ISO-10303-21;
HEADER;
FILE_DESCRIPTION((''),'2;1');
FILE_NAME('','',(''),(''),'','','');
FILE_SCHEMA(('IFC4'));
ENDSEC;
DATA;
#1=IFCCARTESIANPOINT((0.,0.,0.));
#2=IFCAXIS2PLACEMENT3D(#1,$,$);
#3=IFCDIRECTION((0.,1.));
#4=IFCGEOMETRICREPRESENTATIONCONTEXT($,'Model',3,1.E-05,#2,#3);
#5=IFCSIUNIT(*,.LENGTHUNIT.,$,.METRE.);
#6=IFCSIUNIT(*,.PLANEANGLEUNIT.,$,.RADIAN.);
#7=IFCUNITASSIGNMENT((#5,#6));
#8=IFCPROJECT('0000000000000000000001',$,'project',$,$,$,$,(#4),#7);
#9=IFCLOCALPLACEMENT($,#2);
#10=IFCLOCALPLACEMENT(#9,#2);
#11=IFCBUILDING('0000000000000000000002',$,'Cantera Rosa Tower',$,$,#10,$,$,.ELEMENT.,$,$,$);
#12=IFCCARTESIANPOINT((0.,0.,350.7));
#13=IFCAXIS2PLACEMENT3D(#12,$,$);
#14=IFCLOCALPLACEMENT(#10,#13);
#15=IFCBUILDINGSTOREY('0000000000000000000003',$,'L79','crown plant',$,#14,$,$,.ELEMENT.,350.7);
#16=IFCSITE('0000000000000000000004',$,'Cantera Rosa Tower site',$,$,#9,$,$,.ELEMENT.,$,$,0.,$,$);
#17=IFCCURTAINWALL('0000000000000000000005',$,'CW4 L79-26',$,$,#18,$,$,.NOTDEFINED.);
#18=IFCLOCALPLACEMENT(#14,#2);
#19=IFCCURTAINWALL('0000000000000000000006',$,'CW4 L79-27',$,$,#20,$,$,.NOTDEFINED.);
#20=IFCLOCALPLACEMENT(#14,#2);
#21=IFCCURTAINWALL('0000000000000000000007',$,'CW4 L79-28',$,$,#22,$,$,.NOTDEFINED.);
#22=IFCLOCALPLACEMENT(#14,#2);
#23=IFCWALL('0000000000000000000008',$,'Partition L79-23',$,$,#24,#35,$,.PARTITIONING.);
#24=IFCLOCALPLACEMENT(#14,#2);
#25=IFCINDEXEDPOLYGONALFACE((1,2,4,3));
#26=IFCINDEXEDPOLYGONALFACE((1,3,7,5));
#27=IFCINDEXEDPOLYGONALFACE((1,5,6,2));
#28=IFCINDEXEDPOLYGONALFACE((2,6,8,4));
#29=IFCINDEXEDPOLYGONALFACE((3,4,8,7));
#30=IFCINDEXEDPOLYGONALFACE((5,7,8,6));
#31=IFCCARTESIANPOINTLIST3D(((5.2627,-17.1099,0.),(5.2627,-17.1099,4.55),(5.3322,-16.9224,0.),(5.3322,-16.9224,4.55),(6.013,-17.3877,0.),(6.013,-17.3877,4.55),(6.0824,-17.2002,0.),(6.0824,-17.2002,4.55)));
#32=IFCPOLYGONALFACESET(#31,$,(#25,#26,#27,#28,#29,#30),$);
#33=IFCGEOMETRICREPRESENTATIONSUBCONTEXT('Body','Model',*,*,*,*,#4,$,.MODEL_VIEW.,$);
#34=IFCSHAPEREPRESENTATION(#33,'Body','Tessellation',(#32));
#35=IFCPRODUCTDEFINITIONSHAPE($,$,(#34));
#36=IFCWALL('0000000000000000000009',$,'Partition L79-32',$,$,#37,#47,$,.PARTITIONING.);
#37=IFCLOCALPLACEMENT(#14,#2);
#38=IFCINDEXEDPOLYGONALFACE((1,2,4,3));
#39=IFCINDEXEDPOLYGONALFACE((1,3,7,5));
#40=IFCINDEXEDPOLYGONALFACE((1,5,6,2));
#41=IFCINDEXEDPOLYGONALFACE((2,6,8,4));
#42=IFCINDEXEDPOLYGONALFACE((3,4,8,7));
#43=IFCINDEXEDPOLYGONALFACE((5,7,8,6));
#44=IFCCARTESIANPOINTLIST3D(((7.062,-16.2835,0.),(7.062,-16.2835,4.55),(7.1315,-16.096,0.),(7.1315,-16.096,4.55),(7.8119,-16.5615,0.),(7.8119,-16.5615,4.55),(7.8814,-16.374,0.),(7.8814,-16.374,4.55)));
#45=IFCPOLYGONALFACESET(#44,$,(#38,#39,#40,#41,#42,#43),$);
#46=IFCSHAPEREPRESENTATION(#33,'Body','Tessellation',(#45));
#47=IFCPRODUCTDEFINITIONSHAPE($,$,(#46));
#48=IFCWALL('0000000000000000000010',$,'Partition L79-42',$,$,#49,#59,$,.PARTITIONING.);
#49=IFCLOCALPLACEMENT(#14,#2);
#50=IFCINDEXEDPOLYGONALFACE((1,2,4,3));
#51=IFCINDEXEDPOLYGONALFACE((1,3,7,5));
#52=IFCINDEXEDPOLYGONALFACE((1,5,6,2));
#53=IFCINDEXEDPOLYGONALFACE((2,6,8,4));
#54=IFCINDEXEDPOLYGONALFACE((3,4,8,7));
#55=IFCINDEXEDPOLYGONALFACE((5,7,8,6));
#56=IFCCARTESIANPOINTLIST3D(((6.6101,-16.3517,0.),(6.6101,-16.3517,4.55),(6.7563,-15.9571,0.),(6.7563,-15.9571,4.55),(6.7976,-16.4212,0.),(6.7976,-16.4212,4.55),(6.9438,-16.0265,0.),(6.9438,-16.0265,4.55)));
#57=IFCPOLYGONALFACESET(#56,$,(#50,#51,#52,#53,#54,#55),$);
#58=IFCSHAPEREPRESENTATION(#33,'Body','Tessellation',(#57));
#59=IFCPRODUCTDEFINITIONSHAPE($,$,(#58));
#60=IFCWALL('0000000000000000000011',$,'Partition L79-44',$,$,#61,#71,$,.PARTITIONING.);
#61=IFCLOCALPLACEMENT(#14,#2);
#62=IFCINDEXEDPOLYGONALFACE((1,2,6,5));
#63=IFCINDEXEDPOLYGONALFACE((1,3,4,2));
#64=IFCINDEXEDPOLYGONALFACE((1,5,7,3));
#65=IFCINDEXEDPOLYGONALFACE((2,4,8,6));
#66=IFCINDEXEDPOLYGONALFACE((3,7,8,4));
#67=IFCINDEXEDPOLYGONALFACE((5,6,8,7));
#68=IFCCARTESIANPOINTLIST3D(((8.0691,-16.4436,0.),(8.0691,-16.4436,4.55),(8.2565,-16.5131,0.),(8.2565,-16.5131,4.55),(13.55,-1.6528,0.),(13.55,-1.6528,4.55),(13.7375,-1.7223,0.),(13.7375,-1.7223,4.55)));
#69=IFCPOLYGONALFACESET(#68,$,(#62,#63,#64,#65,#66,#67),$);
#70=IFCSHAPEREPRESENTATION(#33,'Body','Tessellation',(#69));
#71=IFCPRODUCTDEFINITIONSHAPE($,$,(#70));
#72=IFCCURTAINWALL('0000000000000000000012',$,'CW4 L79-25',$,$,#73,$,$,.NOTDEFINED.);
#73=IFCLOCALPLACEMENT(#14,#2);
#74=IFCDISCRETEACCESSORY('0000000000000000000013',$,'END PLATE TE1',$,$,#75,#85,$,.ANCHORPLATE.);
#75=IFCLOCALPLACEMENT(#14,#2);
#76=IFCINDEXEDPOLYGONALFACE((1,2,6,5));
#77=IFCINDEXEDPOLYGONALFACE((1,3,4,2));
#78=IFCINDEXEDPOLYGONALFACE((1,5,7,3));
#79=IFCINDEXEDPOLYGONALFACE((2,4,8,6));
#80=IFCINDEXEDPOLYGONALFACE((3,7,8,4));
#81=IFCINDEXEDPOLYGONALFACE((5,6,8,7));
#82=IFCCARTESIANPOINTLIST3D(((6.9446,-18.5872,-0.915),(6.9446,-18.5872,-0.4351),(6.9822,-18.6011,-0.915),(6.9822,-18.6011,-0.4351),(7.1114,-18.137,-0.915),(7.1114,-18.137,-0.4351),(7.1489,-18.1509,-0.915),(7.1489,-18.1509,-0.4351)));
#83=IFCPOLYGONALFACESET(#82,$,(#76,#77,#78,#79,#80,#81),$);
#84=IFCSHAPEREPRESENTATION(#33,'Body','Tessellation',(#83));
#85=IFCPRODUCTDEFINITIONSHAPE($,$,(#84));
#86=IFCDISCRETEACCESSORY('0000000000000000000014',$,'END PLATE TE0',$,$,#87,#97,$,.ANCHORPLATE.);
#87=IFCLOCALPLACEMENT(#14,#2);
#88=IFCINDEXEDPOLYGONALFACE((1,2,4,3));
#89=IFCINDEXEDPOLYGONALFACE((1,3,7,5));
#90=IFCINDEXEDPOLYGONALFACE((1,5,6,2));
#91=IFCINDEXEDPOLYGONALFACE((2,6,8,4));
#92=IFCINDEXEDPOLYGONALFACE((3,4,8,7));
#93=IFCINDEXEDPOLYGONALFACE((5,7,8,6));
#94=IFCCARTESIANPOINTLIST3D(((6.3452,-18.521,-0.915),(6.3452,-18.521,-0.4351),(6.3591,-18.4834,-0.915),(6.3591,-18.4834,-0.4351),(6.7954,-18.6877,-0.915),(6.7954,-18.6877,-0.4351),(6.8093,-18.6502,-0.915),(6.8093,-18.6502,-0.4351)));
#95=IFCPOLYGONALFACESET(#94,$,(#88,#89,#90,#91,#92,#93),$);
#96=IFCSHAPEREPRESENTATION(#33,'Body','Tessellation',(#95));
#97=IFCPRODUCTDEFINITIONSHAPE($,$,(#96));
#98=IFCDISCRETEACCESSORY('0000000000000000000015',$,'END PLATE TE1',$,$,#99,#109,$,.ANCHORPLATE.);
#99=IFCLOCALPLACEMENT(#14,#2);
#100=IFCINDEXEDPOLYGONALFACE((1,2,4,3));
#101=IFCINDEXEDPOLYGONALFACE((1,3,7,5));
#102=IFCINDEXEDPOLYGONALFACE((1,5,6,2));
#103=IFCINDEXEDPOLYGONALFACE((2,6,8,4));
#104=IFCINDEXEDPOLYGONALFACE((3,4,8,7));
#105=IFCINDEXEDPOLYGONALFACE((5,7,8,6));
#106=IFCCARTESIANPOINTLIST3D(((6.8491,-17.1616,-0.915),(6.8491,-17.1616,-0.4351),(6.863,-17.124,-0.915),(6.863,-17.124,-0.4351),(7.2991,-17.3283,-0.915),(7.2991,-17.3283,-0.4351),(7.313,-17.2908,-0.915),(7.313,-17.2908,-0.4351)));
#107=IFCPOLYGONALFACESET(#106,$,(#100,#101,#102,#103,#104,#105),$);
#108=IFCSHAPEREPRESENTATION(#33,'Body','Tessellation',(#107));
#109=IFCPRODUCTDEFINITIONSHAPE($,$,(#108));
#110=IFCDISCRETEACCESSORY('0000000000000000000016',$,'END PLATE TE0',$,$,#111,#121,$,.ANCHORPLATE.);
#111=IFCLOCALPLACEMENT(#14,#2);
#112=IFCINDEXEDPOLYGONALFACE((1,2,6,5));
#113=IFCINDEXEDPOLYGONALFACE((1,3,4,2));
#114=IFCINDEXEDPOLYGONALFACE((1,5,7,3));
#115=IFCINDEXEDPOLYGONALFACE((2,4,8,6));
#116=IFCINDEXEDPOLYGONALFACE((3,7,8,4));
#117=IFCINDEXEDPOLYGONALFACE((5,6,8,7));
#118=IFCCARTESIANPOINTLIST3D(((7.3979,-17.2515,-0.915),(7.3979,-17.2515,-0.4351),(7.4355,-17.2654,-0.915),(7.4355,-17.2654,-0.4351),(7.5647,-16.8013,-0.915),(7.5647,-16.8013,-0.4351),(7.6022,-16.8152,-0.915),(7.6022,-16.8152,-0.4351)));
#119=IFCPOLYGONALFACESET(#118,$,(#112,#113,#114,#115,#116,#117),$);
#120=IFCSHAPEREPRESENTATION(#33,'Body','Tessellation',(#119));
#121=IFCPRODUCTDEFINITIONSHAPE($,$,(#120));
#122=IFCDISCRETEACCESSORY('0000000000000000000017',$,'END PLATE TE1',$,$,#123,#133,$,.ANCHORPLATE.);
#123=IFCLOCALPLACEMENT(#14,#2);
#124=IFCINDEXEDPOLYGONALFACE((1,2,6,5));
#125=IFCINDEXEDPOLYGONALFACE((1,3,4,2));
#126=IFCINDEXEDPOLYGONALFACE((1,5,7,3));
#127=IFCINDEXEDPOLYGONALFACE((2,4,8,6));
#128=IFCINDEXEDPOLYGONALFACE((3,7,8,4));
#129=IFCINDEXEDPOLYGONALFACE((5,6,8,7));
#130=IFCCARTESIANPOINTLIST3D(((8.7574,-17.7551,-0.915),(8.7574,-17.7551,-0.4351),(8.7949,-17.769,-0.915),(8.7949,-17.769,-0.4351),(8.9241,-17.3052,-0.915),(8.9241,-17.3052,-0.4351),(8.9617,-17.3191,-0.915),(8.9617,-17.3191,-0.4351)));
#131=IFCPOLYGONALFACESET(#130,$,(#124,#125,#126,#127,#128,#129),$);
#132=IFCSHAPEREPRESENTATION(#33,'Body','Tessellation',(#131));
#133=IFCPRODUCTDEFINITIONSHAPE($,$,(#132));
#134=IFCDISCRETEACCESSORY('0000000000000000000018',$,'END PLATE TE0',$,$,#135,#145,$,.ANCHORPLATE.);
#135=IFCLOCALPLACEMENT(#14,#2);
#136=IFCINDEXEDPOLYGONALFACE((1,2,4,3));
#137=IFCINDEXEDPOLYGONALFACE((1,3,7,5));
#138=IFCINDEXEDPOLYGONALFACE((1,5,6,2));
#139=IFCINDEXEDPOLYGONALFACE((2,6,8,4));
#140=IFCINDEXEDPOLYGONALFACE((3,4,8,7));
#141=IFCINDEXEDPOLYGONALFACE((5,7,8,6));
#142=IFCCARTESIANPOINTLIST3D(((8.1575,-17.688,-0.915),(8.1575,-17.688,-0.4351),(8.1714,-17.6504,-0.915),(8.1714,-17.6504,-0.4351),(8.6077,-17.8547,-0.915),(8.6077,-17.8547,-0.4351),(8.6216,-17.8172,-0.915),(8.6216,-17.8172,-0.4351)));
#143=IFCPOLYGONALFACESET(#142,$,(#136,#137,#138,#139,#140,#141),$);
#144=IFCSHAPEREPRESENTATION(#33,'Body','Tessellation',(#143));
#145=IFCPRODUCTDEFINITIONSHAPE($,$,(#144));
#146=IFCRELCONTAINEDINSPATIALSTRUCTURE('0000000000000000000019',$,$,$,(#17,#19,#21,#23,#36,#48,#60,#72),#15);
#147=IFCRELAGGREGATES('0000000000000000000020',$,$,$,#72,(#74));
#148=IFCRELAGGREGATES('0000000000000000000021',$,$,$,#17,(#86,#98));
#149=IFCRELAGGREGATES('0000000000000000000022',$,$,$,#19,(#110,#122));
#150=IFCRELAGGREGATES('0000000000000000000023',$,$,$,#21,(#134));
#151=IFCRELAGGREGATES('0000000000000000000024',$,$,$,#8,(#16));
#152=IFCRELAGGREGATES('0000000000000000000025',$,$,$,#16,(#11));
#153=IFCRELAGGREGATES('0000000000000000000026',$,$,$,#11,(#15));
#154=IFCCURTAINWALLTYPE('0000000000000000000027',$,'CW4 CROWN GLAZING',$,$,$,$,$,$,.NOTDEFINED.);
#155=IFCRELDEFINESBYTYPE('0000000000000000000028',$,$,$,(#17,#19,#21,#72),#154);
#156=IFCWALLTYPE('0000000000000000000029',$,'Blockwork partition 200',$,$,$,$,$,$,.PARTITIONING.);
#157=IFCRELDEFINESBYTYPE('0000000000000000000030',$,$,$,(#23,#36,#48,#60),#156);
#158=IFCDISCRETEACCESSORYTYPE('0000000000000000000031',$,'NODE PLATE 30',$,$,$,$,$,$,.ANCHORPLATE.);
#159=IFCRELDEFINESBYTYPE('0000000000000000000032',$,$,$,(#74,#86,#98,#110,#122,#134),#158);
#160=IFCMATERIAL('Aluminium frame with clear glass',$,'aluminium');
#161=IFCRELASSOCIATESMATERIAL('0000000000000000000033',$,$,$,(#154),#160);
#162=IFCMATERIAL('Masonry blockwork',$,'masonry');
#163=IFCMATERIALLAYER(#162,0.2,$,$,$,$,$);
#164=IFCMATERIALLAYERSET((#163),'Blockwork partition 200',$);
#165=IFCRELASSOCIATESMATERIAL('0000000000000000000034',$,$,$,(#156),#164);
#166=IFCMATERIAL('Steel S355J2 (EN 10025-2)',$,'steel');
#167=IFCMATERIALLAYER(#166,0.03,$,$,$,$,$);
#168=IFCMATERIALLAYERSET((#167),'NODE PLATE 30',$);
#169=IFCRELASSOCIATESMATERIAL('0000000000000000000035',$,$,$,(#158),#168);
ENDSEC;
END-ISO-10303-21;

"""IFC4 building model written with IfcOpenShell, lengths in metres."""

from ifc_helpers import new_model, si_unit, direction, frame, frame_2d, origin, place, context, subcontext, project, spatial, polyline, rectangle, outline, extrude, material, layer, layer_set, type_object, element, aggregate, save


model = new_model("IFC4")

# Units and contexts
model_context = context("Model", 3, precision=1e-05, world=origin(), true_north=direction((0.0, 1.0)))
body_context = subcontext(model_context, "Body", "Model", "MODEL_VIEW")
ifc_project = project(units=[si_unit("LENGTHUNIT", "METRE"), si_unit("PLANEANGLEUNIT", "RADIAN")], contexts=[model_context])

# Site, building, storey
site_placement = place(None, origin())
site = spatial("IfcSite", under=ifc_project, at=site_placement, Name="Cantera Rosa Tower site", CompositionType="ELEMENT", RefElevation=0.0)
building_placement = place(site_placement, origin())
building = spatial("IfcBuilding", under=site, at=building_placement, Name="Cantera Rosa Tower", CompositionType="ELEMENT")
storey_placement = place(building_placement, frame((0.0, 0.0, 350.7)))
storey = spatial("IfcBuildingStorey", under=building, at=storey_placement, Name="L79", Description="crown plant", CompositionType="ELEMENT", Elevation=350.7)

# Curtain walls
ifc_material_1 = material(Name="Aluminium frame with clear glass", Category="aluminium")
curtain_wall_type = type_object("IfcCurtainWallType", Name="CW4 CROWN GLAZING", PredefinedType="NOTDEFINED", material=ifc_material_1)
curtain_wall_1_placement = place(storey_placement, origin())
curtain_wall_1 = element("IfcCurtainWall", 1, at=curtain_wall_1_placement, inside=storey, type_object=curtain_wall_type, Name="CW4 L79-26", PredefinedType="NOTDEFINED")
curtain_wall_2_placement = place(storey_placement, origin())
curtain_wall_2 = element("IfcCurtainWall", 2, at=curtain_wall_2_placement, inside=storey, type_object=curtain_wall_type, Name="CW4 L79-27", PredefinedType="NOTDEFINED")
curtain_wall_3_placement = place(storey_placement, origin())
curtain_wall_3 = element("IfcCurtainWall", 3, at=curtain_wall_3_placement, inside=storey, type_object=curtain_wall_type, Name="CW4 L79-28", PredefinedType="NOTDEFINED")

# Walls
ifc_material_2 = material(Name="Masonry blockwork", Category="masonry")
ifc_layer_1 = layer(ifc_material_2, 0.2)
ifc_layer_set_1 = layer_set([ifc_layer_1], Name="Blockwork partition 200")
wall_type = type_object("IfcWallType", Name="Blockwork partition 200", PredefinedType="PARTITIONING", material=ifc_layer_set_1)
wall_1_placement = place(storey_placement, frame((6.0476, -17.2939, 0.0), z_axis=(0.0, 0.0, 1.0), x_axis=(-0.937763, 0.347275, 0.0)))
element("IfcWall", 4, at=wall_1_placement, inside=storey, type_object=wall_type, Name="Partition L79-23", PredefinedType="PARTITIONING", context=body_context, shape_type="SweptSolid", body=[
    extrude(rectangle(XDim=0.8, YDim=0.2, at=frame_2d((0.3999, 0.0))), origin(), (0.0, 0.0, 1.0), 4.55),
])
wall_2_placement = place(storey_placement, frame((7.8467, -16.4678, 0.0), z_axis=(0.0, 0.0, 1.0), x_axis=(-0.937627, 0.347642, 0.0)))
element("IfcWall", 5, at=wall_2_placement, inside=storey, type_object=wall_type, Name="Partition L79-32", PredefinedType="PARTITIONING", context=body_context, shape_type="SweptSolid", body=[
    extrude(rectangle(XDim=0.7998, YDim=0.2, at=frame_2d((0.3999, 0.0))), origin(), (0.0, 0.0, 1.0), 4.55),
])
wall_3_placement = place(storey_placement, frame((6.7039, -16.3865, 0.0), z_axis=(0.0, 0.0, 1.0), x_axis=(0.347371, 0.937728, 0.0)))
element("IfcWall", 6, at=wall_3_placement, inside=storey, type_object=wall_type, Name="Partition L79-42", PredefinedType="PARTITIONING", context=body_context, shape_type="SweptSolid", body=[
    extrude(rectangle(XDim=0.4209, YDim=0.2, at=frame_2d((0.2104, 0.0))), origin(), (0.0, 0.0, 1.0), 4.55),
])
wall_4_placement = place(storey_placement, frame((8.1628, -16.4783, 0.0), z_axis=(0.0, 0.0, 1.0), x_axis=(0.347476, 0.937689, 0.0)))
element("IfcWall", 7, at=wall_4_placement, inside=storey, type_object=wall_type, Name="Partition L79-44", PredefinedType="PARTITIONING", context=body_context, shape_type="SweptSolid", body=[
    extrude(rectangle(XDim=15.7737, YDim=0.2, at=frame_2d((7.8867, 0.0))), origin(), (0.0, 0.0, 1.0), 4.55),
])

# Curtain wall, discrete accessory
curtain_wall_4_placement = place(storey_placement, origin())
curtain_wall_4 = element("IfcCurtainWall", 8, at=curtain_wall_4_placement, inside=storey, type_object=curtain_wall_type, Name="CW4 L79-25", PredefinedType="NOTDEFINED")
ifc_material_3 = material(Name="Steel S355J2 (EN 10025-2)", Category="steel")
ifc_layer_2 = layer(ifc_material_3, 0.03)
ifc_layer_set_2 = layer_set([ifc_layer_2], Name="NODE PLATE 30")
discrete_accessory_type = type_object("IfcDiscreteAccessoryType", Name="NODE PLATE 30", PredefinedType="ANCHORPLATE", material=ifc_layer_set_2)
discrete_accessory_1_placement = place(storey_placement, frame((7.1489, -18.1509, -0.4351), z_axis=(0.937743, -0.347331, 0.0), x_axis=(-0.347331, -0.937743, 0.0)))
discrete_accessory_1 = element("IfcDiscreteAccessory", 9, at=discrete_accessory_1_placement, type_object=discrete_accessory_type, Name="END PLATE TE1", PredefinedType="ANCHORPLATE", context=body_context, shape_type="SweptSolid", body=[
    extrude(outline(polyline([(0.0, 0.0), (0.4801, 0.0), (0.4801, 0.48), (0.0, 0.48), (0.0, 0.0)])), origin(), (0.0, 0.0, -1.0), 0.04),
])
aggregate(curtain_wall_4, [discrete_accessory_1])

# Discrete accessories
discrete_accessory_2_placement = place(storey_placement, frame((6.7954, -18.6877, -0.4351), z_axis=(-0.347331, -0.937743, 0.0), x_axis=(-0.937743, 0.347331, 0.0)))
discrete_accessory_2 = element("IfcDiscreteAccessory", 10, at=discrete_accessory_2_placement, type_object=discrete_accessory_type, Name="END PLATE TE0", PredefinedType="ANCHORPLATE", context=body_context, shape_type="SweptSolid", body=[
    extrude(outline(polyline([(0.0, 0.0), (0.4801, 0.0), (0.4801, 0.48), (0.0, 0.48), (0.0, 0.0)])), origin(), (0.0, 0.0, -1.0), 0.04),
])
discrete_accessory_3_placement = place(storey_placement, frame((6.863, -17.124, -0.4351), z_axis=(0.347497, 0.937681, 0.0), x_axis=(0.937681, -0.347497, 0.0)))
discrete_accessory_3 = element("IfcDiscreteAccessory", 11, at=discrete_accessory_3_placement, type_object=discrete_accessory_type, Name="END PLATE TE1", PredefinedType="ANCHORPLATE", context=body_context, shape_type="SweptSolid", body=[
    extrude(outline(polyline([(0.0, 0.0), (0.4799, 0.0), (0.4799, 0.48), (0.0, 0.48), (0.0, 0.0)])), origin(), (0.0, 0.0, -1.0), 0.04),
])
aggregate(curtain_wall_1, [discrete_accessory_2, discrete_accessory_3])
discrete_accessory_4_placement = place(storey_placement, frame((7.3979, -17.2515, -0.4351), z_axis=(-0.937743, 0.347331, 0.0), x_axis=(0.347331, 0.937743, 0.0)))
discrete_accessory_4 = element("IfcDiscreteAccessory", 12, at=discrete_accessory_4_placement, type_object=discrete_accessory_type, Name="END PLATE TE0", PredefinedType="ANCHORPLATE", context=body_context, shape_type="SweptSolid", body=[
    extrude(outline(polyline([(0.0, 0.0), (0.4801, 0.0), (0.4801, 0.48), (0.0, 0.48), (0.0, 0.0)])), origin(), (0.0, 0.0, -1.0), 0.04),
])
discrete_accessory_5_placement = place(storey_placement, frame((8.9617, -17.3191, -0.4351), z_axis=(0.937681, -0.347497, 0.0), x_axis=(-0.347497, -0.937681, 0.0)))
discrete_accessory_5 = element("IfcDiscreteAccessory", 13, at=discrete_accessory_5_placement, type_object=discrete_accessory_type, Name="END PLATE TE1", PredefinedType="ANCHORPLATE", context=body_context, shape_type="SweptSolid", body=[
    extrude(outline(polyline([(0.0, 0.0), (0.4799, 0.0), (0.4799, 0.48), (0.0, 0.48), (0.0, 0.0)])), origin(), (0.0, 0.0, -1.0), 0.04),
])
aggregate(curtain_wall_2, [discrete_accessory_4, discrete_accessory_5])
discrete_accessory_6_placement = place(storey_placement, frame((8.6077, -17.8547, -0.4351), z_axis=(-0.347331, -0.937743, 0.0), x_axis=(-0.937743, 0.347331, 0.0)))
discrete_accessory_6 = element("IfcDiscreteAccessory", 14, at=discrete_accessory_6_placement, type_object=discrete_accessory_type, Name="END PLATE TE0", PredefinedType="ANCHORPLATE", context=body_context, shape_type="SweptSolid", body=[
    extrude(outline(polyline([(0.0, 0.0), (0.4801, 0.0), (0.4801, 0.48), (0.0, 0.48), (0.0, 0.0)])), origin(), (0.0, 0.0, -1.0), 0.04),
])
aggregate(curtain_wall_3, [discrete_accessory_6])

save(model, "model.ifc")
